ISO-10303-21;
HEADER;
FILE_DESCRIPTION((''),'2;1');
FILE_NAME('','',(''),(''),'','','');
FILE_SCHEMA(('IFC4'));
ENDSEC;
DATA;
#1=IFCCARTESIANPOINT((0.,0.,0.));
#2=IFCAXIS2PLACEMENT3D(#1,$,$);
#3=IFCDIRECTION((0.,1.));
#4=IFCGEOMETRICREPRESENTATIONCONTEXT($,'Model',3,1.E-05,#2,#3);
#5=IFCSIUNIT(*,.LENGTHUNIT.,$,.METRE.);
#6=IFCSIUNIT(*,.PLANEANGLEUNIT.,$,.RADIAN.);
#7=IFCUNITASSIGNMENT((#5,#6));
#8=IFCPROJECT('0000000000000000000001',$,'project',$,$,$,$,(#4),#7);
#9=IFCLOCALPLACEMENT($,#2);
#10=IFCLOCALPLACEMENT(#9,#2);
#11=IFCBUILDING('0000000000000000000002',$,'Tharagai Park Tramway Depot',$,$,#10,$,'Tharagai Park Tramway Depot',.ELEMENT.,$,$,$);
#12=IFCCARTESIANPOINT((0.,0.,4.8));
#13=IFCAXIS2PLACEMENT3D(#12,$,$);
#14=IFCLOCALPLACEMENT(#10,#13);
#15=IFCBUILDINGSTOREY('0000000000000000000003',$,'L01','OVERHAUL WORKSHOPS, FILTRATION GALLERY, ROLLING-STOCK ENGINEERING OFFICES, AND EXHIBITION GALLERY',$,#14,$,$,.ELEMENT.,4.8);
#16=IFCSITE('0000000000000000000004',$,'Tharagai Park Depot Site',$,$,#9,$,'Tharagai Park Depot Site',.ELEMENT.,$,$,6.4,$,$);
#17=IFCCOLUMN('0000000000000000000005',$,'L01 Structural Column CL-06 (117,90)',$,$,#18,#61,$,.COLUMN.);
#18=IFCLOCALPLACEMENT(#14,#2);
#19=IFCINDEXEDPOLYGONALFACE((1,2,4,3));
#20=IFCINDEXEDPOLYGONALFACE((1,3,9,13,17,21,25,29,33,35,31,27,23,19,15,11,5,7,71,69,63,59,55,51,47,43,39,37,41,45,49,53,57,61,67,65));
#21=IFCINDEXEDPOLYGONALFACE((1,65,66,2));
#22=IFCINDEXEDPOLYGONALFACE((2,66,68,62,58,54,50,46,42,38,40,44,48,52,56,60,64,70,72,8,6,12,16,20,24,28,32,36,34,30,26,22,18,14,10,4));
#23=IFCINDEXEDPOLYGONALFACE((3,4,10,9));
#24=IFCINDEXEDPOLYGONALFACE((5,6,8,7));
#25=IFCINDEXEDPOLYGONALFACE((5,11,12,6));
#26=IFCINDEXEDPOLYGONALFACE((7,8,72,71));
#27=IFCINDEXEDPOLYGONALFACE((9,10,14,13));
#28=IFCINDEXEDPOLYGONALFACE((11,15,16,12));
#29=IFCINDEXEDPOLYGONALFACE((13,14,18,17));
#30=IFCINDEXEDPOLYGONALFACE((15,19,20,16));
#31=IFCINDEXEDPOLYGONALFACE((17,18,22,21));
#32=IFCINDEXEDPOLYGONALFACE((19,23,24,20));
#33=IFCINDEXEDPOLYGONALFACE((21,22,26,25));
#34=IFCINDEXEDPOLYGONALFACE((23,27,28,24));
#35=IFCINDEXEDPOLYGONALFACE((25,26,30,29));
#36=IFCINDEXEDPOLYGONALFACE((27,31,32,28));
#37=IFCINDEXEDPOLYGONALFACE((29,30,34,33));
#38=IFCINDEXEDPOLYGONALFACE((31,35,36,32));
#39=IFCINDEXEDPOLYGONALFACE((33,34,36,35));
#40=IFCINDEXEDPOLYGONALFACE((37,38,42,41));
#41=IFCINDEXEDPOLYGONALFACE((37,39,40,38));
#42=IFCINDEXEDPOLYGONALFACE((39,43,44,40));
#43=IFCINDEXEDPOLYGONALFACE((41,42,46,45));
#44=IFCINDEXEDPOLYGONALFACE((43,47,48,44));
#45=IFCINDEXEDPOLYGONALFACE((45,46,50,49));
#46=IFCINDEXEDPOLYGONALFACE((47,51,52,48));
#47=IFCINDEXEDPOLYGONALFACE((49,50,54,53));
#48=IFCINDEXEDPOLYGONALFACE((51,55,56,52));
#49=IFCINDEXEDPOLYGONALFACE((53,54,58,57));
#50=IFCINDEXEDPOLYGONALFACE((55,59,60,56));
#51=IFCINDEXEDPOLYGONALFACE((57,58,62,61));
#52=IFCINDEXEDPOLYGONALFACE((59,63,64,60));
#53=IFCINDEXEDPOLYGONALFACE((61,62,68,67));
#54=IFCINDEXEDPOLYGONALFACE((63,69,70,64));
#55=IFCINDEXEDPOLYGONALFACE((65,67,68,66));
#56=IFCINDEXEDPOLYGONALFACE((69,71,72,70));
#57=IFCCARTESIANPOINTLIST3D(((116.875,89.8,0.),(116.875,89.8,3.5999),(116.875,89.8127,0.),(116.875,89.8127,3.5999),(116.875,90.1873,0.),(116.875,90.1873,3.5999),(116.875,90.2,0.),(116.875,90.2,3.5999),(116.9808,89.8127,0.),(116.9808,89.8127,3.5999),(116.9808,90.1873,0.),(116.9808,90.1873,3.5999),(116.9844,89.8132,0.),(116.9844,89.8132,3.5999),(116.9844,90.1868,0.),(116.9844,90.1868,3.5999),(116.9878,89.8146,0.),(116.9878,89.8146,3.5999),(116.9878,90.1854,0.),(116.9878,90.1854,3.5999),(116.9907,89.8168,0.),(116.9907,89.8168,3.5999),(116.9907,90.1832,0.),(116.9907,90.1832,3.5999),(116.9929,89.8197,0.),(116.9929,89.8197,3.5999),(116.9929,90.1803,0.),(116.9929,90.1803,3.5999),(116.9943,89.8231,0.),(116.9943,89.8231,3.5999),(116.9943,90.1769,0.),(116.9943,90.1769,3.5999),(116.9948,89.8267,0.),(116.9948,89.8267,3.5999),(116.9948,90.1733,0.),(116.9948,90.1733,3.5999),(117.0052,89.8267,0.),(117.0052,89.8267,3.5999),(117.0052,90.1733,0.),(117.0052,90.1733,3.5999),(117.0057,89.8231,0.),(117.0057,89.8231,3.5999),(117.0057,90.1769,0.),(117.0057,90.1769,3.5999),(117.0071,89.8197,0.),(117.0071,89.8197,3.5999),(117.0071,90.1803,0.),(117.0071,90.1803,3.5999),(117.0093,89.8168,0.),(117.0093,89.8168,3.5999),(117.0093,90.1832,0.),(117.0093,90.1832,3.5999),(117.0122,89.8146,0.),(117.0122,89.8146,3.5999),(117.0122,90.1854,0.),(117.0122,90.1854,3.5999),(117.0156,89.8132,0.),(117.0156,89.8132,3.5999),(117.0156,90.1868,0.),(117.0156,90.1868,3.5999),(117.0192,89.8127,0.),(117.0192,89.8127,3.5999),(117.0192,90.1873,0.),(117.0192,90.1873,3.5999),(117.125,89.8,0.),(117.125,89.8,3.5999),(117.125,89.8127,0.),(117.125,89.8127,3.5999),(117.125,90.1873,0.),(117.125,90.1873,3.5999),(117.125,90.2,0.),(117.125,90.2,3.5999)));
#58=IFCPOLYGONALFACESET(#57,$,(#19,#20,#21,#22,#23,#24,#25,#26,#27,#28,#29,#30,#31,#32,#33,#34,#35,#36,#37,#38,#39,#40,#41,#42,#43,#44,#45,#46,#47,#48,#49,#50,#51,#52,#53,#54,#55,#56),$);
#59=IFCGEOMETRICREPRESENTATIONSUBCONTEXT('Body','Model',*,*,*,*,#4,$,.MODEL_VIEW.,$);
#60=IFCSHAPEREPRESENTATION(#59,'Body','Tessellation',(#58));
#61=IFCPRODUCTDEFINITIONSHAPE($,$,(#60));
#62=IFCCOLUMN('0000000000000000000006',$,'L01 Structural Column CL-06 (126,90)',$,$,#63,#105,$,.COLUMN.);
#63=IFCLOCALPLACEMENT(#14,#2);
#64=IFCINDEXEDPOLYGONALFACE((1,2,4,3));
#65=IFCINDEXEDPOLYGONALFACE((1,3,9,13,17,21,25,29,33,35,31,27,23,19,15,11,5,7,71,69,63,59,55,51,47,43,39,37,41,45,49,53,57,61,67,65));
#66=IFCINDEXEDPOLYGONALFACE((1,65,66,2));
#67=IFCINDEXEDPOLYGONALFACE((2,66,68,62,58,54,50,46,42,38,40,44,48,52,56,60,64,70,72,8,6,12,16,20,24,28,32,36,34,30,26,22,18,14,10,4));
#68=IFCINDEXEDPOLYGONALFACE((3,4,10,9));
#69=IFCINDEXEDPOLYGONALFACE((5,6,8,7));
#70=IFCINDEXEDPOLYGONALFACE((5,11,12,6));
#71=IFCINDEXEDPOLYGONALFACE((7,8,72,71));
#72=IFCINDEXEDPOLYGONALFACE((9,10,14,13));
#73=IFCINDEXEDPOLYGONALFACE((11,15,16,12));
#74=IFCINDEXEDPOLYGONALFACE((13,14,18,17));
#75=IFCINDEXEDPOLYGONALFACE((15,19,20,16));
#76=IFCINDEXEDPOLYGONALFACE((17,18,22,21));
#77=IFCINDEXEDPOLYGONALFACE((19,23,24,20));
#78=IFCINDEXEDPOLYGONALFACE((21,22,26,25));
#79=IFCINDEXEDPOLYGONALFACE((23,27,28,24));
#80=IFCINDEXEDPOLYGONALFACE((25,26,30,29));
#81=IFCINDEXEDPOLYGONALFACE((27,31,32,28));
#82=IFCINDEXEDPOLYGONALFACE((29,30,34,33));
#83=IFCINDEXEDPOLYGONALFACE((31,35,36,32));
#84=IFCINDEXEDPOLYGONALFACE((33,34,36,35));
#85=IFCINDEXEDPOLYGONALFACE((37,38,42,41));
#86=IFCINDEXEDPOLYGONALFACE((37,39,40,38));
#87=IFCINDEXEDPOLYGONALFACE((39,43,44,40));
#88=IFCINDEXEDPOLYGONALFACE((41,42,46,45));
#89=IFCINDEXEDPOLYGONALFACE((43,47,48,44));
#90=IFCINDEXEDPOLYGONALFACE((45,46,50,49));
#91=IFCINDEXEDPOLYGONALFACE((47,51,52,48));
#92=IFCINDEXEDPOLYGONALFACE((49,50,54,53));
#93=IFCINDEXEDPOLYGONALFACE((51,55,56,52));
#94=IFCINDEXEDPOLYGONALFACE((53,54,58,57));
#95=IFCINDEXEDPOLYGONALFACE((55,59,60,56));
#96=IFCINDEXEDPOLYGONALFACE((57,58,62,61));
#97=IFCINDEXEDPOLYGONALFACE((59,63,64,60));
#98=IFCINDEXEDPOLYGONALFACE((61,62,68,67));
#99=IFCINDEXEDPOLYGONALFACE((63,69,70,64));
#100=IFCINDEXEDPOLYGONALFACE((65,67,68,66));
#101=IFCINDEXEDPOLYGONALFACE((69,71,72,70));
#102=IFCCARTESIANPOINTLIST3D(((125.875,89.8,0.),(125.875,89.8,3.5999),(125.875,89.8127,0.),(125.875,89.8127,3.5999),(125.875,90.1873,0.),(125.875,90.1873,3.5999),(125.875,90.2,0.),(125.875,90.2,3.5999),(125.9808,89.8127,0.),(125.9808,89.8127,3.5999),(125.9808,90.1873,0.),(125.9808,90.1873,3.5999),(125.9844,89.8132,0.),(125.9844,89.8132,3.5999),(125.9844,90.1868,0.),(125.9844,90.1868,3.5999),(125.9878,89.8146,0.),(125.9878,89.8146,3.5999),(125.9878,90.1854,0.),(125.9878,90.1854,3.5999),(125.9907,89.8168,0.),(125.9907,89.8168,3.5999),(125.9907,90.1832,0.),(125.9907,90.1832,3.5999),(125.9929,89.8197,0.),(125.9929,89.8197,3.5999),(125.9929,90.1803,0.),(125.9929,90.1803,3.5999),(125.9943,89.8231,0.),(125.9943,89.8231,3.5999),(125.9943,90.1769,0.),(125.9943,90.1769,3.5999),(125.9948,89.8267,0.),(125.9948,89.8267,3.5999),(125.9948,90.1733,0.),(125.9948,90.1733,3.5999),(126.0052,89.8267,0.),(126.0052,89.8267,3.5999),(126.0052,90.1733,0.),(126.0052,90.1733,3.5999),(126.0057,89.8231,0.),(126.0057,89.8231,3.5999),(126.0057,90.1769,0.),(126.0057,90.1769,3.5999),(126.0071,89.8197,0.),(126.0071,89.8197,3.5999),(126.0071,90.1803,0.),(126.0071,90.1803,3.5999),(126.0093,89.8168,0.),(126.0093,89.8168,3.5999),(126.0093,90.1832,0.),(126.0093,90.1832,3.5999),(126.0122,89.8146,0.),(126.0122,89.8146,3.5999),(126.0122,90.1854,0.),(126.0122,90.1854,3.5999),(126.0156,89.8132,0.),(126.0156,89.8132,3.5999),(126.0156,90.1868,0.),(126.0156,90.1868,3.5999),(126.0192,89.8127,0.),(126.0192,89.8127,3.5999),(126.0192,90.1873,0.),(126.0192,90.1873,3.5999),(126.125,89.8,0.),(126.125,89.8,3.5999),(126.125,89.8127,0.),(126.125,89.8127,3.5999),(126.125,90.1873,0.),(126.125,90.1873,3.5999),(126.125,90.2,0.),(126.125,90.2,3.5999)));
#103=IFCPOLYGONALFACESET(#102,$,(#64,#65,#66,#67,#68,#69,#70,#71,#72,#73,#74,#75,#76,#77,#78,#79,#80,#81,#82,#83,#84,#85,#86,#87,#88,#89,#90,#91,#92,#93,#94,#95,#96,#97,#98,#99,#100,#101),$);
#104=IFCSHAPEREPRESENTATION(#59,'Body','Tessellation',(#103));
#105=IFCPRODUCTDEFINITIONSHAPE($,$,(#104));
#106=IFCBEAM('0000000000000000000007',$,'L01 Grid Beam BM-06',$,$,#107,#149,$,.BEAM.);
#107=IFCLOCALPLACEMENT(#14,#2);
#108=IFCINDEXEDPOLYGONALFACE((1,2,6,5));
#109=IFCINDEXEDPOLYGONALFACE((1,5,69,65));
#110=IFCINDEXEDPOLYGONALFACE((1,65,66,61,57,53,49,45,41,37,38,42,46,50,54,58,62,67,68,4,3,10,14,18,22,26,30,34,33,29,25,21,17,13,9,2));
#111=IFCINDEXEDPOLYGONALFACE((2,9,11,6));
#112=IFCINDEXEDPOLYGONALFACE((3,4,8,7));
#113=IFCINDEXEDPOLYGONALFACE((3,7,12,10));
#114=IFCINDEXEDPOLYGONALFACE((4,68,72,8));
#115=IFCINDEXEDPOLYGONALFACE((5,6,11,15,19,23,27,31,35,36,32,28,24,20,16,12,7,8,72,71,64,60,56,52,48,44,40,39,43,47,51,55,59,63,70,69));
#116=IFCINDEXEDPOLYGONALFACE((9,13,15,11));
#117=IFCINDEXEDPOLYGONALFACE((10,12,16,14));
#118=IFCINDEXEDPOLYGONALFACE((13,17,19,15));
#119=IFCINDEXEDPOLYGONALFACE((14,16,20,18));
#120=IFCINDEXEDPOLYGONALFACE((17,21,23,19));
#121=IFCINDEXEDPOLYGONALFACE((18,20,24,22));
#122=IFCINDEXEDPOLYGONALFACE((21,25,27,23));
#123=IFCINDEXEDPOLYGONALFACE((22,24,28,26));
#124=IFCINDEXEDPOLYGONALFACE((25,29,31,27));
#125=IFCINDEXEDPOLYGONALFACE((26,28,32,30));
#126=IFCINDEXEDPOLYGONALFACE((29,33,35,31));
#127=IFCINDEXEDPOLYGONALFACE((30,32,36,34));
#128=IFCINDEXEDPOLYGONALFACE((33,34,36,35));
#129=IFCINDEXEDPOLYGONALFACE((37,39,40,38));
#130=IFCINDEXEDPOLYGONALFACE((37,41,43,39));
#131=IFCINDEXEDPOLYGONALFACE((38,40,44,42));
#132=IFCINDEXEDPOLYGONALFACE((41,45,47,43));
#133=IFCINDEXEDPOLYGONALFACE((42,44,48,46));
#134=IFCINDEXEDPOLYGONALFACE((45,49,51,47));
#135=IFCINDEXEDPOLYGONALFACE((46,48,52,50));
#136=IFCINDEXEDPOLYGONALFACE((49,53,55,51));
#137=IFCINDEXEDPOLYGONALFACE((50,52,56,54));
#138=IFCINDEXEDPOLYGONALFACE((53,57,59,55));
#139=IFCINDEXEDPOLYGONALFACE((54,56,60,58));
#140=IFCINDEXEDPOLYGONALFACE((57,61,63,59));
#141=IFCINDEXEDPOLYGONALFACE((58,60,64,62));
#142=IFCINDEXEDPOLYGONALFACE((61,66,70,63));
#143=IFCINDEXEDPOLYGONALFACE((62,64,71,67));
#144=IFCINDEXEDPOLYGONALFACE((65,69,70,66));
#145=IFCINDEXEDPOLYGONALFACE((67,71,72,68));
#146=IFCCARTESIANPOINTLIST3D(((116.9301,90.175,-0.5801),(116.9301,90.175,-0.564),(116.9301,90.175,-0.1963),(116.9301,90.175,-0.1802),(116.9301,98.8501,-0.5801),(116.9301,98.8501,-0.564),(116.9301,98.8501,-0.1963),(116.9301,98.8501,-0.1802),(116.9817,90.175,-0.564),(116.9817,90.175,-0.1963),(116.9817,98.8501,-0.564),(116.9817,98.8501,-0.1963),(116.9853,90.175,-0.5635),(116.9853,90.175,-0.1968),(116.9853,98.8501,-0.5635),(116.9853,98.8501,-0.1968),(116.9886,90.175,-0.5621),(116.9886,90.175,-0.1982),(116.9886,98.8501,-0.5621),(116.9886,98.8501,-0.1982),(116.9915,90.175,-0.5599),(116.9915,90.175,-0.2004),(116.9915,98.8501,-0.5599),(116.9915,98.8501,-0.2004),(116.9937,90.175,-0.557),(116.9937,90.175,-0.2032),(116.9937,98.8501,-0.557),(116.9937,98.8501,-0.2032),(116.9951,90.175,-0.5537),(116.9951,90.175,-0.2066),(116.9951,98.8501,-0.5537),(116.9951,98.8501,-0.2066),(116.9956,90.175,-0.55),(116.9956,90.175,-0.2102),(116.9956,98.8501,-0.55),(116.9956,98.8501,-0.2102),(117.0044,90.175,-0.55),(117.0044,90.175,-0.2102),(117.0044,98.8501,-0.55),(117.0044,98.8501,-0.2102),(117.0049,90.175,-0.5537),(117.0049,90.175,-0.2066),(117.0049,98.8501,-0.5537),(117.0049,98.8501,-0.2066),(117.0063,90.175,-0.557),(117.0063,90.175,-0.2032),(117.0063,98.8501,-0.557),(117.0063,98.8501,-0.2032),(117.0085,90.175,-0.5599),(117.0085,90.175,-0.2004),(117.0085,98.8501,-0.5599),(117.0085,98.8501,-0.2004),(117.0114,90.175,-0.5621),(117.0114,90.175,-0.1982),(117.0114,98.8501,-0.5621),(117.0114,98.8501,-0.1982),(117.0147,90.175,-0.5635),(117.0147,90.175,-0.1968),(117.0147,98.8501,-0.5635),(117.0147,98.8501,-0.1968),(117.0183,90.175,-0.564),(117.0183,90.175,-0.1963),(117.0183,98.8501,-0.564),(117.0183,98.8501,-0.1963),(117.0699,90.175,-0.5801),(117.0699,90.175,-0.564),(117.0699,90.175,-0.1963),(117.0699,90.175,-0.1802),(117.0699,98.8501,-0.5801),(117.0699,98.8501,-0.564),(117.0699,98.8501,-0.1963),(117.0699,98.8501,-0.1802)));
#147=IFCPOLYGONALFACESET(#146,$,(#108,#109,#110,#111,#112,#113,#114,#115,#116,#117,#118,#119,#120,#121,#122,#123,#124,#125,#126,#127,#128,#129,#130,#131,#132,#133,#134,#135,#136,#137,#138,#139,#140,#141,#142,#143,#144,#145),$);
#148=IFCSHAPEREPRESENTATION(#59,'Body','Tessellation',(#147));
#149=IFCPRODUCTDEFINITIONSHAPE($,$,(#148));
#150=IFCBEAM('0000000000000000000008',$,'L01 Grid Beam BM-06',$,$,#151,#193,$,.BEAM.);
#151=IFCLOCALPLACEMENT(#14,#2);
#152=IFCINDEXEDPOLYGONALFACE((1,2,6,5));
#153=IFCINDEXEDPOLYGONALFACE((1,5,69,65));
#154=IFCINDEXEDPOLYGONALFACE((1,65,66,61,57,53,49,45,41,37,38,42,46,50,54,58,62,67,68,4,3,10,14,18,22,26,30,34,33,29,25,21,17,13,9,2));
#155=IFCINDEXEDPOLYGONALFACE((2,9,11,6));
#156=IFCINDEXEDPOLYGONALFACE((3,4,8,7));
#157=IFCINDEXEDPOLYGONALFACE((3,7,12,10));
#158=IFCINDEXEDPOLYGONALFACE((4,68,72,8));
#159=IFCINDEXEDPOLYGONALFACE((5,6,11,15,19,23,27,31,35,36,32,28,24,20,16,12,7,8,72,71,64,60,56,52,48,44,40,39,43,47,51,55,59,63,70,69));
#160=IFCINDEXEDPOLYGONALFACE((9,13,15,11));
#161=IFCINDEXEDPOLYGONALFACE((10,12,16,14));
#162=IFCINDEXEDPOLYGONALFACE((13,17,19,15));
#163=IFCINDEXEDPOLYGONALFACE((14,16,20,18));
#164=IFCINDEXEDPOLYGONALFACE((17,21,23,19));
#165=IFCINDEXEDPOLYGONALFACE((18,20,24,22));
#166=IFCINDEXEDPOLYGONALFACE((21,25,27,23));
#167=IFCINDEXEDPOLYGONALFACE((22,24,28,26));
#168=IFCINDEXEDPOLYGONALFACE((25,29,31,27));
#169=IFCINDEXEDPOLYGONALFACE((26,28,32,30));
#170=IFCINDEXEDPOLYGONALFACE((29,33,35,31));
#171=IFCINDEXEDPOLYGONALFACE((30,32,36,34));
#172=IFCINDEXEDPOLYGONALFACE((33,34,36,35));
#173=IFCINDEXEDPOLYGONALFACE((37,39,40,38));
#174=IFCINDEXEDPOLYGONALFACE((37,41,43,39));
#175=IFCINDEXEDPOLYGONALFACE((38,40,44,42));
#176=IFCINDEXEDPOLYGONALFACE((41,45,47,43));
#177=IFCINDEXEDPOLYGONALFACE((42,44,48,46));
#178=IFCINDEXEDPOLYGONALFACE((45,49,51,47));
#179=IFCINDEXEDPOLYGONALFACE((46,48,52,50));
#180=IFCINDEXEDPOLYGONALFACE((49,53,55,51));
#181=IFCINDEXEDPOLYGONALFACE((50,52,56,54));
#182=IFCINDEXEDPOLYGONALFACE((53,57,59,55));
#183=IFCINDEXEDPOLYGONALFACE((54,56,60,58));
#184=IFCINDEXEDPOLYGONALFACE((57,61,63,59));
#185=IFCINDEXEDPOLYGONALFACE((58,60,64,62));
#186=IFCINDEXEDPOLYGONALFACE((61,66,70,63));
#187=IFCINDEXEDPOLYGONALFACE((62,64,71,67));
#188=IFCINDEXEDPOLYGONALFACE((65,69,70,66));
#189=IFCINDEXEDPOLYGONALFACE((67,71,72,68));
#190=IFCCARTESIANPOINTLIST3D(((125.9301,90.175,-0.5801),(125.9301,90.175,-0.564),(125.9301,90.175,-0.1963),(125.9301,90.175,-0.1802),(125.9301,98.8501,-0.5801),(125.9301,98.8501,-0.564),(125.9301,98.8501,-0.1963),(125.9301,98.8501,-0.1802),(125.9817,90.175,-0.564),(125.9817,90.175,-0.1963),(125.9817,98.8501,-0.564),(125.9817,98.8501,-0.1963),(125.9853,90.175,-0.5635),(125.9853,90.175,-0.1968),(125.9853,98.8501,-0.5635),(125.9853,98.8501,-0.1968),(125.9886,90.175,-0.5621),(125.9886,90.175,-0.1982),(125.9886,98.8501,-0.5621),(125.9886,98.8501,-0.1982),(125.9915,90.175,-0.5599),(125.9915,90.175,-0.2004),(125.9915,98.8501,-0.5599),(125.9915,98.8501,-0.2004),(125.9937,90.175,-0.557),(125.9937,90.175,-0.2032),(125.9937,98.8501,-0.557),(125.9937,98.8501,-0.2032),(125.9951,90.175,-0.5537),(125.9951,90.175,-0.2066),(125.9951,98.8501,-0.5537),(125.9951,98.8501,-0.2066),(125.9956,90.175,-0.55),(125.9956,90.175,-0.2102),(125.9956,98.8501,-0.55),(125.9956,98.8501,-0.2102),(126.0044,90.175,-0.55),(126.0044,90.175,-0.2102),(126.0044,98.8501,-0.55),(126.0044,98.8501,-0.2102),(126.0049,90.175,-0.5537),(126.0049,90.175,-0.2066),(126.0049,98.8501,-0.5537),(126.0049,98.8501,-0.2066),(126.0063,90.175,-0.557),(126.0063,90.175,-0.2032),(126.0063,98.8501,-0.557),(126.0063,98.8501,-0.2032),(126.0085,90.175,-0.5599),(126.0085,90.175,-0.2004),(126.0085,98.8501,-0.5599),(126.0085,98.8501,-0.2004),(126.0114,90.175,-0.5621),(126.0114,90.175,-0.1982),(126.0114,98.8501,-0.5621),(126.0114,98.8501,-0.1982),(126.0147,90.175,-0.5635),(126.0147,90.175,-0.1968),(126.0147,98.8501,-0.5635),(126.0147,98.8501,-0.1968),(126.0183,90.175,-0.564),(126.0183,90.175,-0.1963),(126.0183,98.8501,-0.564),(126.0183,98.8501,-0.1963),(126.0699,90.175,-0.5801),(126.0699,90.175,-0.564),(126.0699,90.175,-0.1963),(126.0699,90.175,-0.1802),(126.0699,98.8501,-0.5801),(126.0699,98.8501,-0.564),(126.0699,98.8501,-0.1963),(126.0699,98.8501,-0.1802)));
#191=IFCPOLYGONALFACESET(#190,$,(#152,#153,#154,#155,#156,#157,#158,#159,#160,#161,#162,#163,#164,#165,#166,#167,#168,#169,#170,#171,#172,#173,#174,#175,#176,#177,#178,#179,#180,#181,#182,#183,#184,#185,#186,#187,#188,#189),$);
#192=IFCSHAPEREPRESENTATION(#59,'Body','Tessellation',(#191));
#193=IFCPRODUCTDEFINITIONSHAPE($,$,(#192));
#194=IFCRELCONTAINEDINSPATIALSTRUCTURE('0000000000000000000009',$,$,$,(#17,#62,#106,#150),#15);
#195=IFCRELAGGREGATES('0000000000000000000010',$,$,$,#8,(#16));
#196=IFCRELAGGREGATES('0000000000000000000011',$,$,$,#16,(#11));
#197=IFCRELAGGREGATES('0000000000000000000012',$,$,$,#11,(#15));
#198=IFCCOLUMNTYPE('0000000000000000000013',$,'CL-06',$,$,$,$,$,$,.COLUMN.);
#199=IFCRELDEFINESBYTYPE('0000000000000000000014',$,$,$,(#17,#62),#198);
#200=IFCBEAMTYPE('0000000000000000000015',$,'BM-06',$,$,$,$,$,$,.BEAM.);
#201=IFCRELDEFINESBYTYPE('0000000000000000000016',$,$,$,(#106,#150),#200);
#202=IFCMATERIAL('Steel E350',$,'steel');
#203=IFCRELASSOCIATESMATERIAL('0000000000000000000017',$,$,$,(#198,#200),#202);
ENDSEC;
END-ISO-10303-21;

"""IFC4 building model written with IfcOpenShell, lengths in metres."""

from ifc_helpers import new_model, si_unit, direction, frame, origin, origin_2d, place, context, subcontext, project, spatial, i_section, extrude, material, material_profile, profile_set, type_object, element, save


model = new_model("IFC4")

# Units and contexts
model_context = context("Model", 3, precision=1e-05, world=origin(), true_north=direction((0.0, 1.0)))
body_context = subcontext(model_context, "Body", "Model", "MODEL_VIEW")
ifc_project = project(units=[si_unit("LENGTHUNIT", "METRE"), si_unit("PLANEANGLEUNIT", "RADIAN")], contexts=[model_context])

# Site, building, storey
site_placement = place(None, origin())
site = spatial("IfcSite", under=ifc_project, at=site_placement, Name="Tharagai Park Depot Site", LongName="Tharagai Park Depot Site", CompositionType="ELEMENT", RefElevation=6.4)
building_placement = place(site_placement, origin())
building = spatial("IfcBuilding", under=site, at=building_placement, Name="Tharagai Park Tramway Depot", LongName="Tharagai Park Tramway Depot", CompositionType="ELEMENT")
storey_placement = place(building_placement, frame((0.0, 0.0, 4.8)))
storey = spatial("IfcBuildingStorey", under=building, at=storey_placement, Name="L01", Description="OVERHAUL WORKSHOPS, FILTRATION GALLERY, ROLLING-STOCK ENGINEERING OFFICES, AND EXHIBITION GALLERY", CompositionType="ELEMENT", Elevation=4.8)

# Columns
ifc_material_1 = material(Name="Steel E350", Category="steel")
ifc_material_profile_1 = material_profile(ifc_material_1, i_section(OverallWidth=0.25, OverallDepth=0.3999, WebThickness=0.0105, FlangeThickness=0.0127, FilletRadius=0.0139, at=origin_2d()), Name="ISHB 400")
ifc_profile_set_1 = profile_set([ifc_material_profile_1], Name="Steel E350")
column_type = type_object("IfcColumnType", Name="CL-06", PredefinedType="COLUMN", material=ifc_profile_set_1)
for number, where, z_axis, x_axis, name in (
    (1, (117.0, 90.0, 0.0), (0.0, 0.0, 1.0), (1.0, 0.0, 0.0), "L01 Structural Column CL-06 (117,90)"),
    (2, (126.0, 90.0, 0.0), (0.0, 0.0, 1.0), (1.0, 0.0, 0.0), "L01 Structural Column CL-06 (126,90)"),
):
    element("IfcColumn", number, at=place(storey_placement, frame(where, z_axis=z_axis, x_axis=x_axis)), inside=storey, type_object=column_type, Name=name, PredefinedType="COLUMN", context=body_context, shape_type="SweptSolid", body=[
        extrude(i_section(OverallWidth=0.25, OverallDepth=0.3999, WebThickness=0.0105, FlangeThickness=0.0127, FilletRadius=0.0139, at=origin_2d()), origin(), (0.0, 0.0, 1.0), 3.5999),
    ])

# Beams
ifc_material_profile_2 = material_profile(ifc_material_1, i_section(OverallWidth=0.1399, OverallDepth=0.3999, WebThickness=0.0088, FlangeThickness=0.0161, FilletRadius=0.0139, at=origin_2d()), Name="ISMB 400")
ifc_profile_set_2 = profile_set([ifc_material_profile_2], Name="Steel E350")
beam_type_1 = type_object("IfcBeamType", Name="BM-06", PredefinedType="BEAM", material=ifc_profile_set_2)
for number, where, z_axis, x_axis, name in (
    (3, (117.0, 90.175, -0.3801), (0.0, 1.0, 0.0), (-1.0, 0.0, 0.0), "L01 Grid Beam BM-06"),
    (4, (126.0, 90.175, -0.3801), (0.0, 1.0, 0.0), (-1.0, 0.0, 0.0), "L01 Grid Beam BM-06"),
):
    element("IfcBeam", number, at=place(storey_placement, frame(where, z_axis=z_axis, x_axis=x_axis)), inside=storey, type_object=beam_type_1, Name=name, PredefinedType="BEAM", context=body_context, shape_type="SweptSolid", body=[
        extrude(i_section(OverallWidth=0.1399, OverallDepth=0.3999, WebThickness=0.0088, FlangeThickness=0.0161, FilletRadius=0.0139, at=origin_2d()), origin(), (0.0, 0.0, 1.0), 8.675),
    ])

save(model, "model.ifc")
